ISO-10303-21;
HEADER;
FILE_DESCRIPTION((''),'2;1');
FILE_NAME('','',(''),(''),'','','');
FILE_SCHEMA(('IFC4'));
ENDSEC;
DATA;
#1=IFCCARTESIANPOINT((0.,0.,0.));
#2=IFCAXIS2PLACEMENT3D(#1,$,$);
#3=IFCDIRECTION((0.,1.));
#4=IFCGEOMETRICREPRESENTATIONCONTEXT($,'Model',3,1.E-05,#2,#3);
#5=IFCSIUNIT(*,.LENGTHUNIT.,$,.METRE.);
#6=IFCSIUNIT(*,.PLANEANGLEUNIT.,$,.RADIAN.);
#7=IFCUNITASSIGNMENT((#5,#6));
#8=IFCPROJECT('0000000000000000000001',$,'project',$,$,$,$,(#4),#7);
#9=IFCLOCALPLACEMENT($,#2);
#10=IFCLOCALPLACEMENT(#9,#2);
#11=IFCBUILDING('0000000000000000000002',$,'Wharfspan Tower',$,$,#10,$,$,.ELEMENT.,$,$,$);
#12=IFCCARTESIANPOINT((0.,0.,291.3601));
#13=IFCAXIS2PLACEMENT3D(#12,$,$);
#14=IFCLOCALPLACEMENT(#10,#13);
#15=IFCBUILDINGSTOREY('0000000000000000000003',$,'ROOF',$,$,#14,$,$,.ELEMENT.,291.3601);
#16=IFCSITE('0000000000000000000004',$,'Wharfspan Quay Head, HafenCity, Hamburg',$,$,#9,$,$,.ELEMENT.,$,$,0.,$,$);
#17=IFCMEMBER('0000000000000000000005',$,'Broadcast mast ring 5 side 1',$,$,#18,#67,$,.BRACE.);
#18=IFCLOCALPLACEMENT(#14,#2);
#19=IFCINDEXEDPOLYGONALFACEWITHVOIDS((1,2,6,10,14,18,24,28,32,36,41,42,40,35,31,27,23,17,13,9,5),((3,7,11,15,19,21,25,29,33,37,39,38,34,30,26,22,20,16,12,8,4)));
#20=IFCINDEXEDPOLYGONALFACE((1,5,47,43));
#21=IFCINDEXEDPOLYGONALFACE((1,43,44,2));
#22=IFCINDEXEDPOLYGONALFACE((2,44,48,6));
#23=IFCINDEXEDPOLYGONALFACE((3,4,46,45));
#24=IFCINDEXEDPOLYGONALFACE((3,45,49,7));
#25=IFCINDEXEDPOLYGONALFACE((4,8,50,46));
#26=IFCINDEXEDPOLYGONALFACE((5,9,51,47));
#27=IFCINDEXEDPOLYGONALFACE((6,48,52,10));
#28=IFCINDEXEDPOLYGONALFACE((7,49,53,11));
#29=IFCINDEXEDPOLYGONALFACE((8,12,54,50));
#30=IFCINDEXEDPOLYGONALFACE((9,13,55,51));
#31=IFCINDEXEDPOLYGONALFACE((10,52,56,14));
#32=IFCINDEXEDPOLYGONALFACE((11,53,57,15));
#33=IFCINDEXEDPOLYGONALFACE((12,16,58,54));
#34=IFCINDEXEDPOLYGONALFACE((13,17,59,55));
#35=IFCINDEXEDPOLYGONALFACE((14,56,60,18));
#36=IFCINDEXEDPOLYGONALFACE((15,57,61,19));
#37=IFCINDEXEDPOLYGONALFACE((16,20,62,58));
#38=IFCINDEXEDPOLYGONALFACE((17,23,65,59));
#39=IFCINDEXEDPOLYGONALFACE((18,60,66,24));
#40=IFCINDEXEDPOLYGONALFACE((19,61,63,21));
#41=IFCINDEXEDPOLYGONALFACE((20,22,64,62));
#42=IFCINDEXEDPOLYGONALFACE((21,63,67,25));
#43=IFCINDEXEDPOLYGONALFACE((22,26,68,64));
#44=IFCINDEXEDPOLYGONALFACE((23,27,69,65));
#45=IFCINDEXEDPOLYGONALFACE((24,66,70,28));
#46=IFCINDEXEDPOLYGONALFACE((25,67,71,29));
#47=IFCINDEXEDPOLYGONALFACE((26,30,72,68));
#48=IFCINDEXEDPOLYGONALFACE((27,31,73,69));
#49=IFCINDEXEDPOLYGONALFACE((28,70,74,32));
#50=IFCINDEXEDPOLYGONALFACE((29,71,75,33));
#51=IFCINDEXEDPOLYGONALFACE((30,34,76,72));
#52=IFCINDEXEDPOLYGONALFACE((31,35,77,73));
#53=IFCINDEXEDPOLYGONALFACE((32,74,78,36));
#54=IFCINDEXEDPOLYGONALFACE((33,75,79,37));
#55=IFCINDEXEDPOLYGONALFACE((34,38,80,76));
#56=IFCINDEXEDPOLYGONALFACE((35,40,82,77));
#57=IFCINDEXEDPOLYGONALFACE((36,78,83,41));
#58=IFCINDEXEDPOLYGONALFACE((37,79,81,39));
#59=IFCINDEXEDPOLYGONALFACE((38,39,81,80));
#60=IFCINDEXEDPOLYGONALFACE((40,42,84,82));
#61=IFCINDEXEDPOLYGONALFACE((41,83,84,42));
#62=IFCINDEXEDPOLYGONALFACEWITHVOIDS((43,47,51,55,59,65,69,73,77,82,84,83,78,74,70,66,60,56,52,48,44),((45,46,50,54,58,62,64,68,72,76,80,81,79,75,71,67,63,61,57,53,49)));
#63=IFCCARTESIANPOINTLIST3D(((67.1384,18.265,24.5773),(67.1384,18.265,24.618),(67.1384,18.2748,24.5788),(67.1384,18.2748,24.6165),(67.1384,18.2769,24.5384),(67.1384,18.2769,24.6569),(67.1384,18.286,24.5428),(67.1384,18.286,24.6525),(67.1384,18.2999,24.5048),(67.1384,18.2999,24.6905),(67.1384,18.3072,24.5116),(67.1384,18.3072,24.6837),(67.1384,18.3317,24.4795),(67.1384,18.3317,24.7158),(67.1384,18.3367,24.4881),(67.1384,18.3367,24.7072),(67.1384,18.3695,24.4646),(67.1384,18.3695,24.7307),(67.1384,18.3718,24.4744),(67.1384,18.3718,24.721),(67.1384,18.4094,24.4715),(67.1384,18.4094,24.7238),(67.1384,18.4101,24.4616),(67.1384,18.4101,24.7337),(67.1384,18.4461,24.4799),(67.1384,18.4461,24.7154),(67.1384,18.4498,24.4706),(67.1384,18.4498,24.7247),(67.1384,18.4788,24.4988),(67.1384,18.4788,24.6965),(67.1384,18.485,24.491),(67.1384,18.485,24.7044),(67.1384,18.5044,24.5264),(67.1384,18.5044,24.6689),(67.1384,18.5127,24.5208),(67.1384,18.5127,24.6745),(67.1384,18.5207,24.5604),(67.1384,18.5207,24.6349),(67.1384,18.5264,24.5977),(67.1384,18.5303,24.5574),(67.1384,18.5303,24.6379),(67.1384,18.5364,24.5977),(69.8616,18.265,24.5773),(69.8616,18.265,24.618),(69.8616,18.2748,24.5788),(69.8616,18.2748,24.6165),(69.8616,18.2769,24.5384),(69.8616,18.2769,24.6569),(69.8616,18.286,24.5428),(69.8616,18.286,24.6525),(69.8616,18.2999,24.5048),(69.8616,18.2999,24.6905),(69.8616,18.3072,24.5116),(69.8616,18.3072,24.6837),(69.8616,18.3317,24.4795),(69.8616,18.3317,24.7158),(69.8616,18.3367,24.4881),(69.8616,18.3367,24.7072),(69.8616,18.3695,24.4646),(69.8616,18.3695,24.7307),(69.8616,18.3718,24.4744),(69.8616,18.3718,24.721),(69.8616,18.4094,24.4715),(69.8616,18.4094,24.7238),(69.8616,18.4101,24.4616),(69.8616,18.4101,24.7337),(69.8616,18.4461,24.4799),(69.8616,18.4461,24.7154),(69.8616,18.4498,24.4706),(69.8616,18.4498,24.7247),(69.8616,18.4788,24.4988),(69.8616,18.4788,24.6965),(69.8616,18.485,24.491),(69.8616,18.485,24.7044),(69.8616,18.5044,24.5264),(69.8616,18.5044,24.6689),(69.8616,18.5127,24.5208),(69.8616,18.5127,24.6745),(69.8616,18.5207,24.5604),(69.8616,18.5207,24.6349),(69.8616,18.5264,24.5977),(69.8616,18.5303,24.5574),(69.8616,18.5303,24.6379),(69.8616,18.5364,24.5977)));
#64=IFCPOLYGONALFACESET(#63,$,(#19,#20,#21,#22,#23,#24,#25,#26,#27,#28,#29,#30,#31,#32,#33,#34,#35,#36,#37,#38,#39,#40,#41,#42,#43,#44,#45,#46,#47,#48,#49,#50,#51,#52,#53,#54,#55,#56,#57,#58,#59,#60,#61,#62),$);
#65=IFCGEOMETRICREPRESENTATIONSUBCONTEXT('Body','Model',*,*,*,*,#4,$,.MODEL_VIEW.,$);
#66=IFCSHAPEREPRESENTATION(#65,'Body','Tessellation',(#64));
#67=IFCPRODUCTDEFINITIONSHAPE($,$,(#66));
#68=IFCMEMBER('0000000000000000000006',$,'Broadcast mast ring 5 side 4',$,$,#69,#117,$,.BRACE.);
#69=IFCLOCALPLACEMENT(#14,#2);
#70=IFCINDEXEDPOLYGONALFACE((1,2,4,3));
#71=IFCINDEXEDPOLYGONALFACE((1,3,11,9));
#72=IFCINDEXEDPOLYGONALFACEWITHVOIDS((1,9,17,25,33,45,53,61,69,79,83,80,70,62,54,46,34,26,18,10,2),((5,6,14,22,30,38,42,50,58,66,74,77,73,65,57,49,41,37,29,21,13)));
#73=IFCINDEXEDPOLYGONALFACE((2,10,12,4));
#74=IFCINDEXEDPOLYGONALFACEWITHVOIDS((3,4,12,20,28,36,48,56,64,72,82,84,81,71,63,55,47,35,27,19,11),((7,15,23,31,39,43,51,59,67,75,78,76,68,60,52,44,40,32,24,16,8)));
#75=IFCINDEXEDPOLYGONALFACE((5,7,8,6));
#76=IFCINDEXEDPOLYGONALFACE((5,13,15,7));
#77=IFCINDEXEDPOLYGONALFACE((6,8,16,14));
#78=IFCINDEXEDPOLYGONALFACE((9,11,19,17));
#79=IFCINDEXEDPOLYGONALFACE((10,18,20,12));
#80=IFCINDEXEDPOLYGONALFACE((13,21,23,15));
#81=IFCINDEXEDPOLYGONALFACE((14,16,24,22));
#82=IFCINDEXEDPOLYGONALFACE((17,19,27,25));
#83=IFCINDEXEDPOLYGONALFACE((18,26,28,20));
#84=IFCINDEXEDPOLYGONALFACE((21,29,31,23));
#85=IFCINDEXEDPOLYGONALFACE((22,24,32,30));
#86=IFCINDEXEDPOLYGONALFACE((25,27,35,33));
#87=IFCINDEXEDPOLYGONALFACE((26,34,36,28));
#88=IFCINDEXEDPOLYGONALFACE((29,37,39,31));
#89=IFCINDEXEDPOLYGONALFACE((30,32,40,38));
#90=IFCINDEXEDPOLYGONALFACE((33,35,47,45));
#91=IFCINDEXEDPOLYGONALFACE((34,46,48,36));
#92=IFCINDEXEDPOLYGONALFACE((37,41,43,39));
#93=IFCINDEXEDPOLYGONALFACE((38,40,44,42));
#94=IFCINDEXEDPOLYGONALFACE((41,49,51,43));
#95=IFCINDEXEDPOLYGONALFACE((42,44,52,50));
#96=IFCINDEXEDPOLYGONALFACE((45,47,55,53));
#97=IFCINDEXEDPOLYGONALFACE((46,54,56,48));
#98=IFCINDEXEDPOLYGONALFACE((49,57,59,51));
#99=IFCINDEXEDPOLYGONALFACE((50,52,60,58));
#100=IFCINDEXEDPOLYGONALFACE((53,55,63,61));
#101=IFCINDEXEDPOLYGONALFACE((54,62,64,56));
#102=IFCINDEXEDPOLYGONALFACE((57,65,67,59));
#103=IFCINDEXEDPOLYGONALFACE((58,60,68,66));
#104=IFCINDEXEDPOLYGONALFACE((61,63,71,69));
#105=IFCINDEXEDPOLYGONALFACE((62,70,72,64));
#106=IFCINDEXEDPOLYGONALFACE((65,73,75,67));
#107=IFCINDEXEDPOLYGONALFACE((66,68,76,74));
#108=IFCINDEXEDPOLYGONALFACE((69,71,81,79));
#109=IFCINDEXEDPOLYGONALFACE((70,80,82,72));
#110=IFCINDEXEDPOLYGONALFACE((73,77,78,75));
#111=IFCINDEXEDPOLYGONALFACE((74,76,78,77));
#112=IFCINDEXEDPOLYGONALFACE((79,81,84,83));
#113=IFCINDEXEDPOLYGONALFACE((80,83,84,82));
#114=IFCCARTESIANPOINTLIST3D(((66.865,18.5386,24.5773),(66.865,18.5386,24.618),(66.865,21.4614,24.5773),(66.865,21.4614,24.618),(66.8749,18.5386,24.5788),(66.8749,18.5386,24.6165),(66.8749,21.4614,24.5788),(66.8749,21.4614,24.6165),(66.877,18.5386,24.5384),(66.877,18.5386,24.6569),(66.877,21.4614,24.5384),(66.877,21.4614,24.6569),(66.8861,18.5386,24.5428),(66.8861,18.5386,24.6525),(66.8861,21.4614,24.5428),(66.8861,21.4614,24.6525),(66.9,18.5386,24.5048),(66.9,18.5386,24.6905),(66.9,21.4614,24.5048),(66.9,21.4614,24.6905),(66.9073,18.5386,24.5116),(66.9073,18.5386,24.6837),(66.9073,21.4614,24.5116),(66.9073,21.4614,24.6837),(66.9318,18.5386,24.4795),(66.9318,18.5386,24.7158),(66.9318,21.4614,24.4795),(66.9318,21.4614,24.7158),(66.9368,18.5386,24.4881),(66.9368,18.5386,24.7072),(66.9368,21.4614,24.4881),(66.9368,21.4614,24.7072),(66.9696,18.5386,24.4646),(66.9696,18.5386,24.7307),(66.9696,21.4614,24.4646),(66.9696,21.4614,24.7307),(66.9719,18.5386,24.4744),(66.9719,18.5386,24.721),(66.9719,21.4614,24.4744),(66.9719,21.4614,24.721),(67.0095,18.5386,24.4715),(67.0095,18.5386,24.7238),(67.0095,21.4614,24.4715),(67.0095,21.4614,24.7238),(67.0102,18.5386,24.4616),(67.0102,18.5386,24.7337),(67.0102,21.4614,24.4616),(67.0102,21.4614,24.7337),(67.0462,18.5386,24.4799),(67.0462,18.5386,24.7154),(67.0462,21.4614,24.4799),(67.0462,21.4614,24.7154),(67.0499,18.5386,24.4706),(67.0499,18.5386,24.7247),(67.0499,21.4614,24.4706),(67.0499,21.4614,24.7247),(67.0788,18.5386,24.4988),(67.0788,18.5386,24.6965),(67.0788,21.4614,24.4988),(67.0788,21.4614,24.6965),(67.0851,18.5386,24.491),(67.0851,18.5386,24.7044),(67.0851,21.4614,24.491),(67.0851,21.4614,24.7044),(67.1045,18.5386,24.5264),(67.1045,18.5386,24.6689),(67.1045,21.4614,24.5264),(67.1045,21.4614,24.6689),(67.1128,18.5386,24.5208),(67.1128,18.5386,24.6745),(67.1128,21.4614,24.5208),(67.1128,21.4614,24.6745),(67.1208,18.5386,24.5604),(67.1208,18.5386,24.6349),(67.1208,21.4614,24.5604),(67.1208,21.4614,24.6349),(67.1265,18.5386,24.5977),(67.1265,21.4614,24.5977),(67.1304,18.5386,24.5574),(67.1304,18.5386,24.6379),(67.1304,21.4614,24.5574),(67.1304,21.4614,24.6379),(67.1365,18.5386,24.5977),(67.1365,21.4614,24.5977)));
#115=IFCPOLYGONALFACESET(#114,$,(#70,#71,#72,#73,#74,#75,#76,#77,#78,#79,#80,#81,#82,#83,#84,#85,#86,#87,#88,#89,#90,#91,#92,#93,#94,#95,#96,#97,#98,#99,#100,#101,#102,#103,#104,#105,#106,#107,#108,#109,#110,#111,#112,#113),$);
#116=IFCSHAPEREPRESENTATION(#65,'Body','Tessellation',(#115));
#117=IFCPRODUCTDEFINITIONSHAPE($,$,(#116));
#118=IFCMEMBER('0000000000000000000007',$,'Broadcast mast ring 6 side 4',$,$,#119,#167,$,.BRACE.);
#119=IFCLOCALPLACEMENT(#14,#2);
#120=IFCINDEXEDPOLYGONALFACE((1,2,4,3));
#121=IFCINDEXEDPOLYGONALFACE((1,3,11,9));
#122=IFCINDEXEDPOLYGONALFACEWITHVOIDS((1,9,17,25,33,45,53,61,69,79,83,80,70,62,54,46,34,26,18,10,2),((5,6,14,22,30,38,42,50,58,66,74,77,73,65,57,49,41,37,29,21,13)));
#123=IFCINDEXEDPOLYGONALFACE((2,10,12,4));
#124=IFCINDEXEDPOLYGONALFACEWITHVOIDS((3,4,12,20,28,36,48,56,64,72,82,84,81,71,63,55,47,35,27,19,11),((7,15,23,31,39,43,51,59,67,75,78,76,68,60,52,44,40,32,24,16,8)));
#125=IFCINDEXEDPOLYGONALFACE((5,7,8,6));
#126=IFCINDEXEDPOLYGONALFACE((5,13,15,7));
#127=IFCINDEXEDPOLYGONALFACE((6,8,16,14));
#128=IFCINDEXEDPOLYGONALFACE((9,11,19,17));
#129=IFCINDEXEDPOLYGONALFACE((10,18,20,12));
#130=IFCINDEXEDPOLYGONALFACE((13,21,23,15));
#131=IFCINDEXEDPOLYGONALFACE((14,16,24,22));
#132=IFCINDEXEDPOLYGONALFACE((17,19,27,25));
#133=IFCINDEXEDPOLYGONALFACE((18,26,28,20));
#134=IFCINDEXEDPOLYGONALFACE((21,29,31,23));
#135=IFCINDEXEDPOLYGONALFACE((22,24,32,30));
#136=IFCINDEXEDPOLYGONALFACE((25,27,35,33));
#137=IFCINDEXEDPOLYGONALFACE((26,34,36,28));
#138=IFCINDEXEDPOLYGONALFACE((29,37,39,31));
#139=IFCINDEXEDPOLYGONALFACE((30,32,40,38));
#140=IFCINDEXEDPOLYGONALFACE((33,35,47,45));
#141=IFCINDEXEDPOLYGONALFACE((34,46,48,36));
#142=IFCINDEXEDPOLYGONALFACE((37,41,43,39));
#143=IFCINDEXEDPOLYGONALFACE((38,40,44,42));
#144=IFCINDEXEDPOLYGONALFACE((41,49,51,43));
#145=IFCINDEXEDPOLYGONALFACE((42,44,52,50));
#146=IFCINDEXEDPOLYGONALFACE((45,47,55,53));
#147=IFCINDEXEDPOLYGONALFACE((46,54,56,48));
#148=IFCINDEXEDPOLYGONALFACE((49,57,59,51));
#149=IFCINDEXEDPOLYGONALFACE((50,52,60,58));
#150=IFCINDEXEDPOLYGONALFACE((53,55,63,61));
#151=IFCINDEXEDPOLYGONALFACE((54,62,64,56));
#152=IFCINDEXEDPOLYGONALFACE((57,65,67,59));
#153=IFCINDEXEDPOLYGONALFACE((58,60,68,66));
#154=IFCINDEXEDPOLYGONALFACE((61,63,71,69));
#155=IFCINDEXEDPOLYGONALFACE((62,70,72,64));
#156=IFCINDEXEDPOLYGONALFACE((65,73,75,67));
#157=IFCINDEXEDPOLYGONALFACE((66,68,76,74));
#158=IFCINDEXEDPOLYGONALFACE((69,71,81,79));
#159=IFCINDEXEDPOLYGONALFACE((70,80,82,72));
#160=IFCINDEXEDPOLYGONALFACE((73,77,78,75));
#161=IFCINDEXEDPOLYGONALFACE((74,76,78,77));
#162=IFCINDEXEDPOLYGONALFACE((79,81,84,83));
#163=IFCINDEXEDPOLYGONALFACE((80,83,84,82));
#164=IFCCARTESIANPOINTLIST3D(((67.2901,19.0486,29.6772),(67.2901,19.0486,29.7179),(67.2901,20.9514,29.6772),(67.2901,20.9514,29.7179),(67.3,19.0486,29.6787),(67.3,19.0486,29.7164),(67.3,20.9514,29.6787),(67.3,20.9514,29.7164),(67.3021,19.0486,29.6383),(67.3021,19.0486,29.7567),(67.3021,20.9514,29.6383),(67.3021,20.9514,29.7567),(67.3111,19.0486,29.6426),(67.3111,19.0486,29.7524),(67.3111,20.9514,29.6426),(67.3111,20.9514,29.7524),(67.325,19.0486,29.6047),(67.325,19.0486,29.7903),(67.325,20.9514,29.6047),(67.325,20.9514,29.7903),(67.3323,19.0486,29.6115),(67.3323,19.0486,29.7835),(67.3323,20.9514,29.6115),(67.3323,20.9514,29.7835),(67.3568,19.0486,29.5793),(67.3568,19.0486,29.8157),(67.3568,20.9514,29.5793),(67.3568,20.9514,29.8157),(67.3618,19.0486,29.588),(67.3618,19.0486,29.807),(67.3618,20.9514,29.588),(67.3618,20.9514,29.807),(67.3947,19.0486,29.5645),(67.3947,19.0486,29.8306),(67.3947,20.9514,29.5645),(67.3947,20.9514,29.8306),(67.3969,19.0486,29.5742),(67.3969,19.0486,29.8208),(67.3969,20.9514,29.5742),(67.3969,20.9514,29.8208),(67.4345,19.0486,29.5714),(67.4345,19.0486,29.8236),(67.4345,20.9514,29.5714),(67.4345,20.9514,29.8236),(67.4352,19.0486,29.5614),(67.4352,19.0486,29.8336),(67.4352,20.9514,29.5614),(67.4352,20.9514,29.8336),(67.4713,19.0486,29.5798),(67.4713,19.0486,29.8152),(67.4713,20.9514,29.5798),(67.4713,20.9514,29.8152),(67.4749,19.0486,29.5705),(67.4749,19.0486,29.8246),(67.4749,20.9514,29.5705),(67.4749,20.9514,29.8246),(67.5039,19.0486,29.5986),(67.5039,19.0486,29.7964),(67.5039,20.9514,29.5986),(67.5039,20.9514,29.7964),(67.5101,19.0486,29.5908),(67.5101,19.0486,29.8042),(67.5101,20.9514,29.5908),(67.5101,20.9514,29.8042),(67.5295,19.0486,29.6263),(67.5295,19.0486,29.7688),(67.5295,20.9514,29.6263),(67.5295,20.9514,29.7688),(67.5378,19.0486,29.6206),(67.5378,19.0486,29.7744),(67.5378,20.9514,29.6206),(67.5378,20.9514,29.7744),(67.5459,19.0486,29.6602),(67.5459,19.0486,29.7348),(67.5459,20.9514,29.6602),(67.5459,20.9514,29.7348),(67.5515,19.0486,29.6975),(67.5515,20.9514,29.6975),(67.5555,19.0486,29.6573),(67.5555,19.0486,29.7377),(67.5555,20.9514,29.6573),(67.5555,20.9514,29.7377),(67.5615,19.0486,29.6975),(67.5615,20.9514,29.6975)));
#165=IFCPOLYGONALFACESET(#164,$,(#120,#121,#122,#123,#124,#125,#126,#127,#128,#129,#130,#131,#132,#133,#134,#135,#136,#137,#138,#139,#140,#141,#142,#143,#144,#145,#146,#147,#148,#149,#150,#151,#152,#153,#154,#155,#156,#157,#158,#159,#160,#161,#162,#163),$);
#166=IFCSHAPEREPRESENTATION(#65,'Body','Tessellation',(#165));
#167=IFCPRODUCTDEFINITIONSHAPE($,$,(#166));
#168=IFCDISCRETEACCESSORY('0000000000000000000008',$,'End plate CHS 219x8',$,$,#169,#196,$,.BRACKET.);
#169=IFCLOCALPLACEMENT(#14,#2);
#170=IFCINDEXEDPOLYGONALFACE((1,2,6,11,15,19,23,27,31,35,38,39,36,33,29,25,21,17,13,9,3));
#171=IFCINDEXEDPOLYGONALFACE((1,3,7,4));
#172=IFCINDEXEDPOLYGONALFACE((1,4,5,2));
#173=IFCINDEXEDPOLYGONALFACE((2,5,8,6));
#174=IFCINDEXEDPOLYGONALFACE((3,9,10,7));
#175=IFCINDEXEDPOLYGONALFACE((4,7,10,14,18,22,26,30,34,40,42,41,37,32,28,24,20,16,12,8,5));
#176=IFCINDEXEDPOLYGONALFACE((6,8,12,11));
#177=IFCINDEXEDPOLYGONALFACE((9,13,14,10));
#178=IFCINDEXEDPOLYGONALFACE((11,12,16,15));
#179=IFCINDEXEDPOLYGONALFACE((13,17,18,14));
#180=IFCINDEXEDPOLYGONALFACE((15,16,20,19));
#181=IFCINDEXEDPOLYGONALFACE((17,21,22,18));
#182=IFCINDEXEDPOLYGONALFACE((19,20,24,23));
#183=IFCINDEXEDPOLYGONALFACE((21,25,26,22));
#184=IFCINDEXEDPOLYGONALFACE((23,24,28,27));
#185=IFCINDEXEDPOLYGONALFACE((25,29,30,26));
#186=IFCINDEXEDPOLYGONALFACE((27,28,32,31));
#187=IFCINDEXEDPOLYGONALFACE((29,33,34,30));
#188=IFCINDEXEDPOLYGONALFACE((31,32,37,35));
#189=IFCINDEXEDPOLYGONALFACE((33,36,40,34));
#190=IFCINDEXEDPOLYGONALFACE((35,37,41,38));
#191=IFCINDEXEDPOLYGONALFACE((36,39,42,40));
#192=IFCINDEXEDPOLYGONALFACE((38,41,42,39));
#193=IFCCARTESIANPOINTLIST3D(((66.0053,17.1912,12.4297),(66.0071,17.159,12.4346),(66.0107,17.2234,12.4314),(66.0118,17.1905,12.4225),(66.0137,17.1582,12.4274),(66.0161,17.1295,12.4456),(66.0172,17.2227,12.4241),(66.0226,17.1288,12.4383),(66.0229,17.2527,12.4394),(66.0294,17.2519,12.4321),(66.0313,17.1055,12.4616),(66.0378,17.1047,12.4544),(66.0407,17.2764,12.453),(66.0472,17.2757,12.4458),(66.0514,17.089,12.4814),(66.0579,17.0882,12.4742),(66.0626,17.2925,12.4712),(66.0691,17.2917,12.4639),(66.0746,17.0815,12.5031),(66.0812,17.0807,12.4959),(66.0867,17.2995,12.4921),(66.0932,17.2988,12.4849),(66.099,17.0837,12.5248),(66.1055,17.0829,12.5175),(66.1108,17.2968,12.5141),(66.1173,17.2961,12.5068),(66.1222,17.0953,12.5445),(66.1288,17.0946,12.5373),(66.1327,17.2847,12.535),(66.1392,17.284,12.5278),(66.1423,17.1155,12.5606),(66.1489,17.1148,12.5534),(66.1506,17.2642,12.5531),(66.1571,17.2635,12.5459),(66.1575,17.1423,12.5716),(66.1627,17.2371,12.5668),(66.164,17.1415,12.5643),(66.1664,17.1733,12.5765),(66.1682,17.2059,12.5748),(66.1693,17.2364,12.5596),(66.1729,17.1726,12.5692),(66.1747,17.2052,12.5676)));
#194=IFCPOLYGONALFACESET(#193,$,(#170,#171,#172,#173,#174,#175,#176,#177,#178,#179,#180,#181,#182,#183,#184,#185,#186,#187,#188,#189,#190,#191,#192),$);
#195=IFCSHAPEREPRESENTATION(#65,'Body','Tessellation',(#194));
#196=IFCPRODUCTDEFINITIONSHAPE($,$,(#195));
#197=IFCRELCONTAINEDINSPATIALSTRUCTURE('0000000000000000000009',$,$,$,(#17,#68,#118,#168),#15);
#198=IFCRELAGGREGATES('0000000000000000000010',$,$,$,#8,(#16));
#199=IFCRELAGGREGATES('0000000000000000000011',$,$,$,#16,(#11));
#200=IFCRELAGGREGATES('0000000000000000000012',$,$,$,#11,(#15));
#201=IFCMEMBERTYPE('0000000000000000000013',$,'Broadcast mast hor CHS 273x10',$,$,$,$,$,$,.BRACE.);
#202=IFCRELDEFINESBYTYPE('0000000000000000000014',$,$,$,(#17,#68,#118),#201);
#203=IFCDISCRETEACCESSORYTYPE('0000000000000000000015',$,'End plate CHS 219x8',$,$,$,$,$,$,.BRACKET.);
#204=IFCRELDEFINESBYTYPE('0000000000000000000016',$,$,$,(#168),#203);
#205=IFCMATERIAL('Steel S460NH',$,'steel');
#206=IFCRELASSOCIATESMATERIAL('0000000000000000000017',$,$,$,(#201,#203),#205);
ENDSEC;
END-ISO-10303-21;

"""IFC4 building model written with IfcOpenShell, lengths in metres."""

from ifc_helpers import new_model, si_unit, direction, frame, origin, origin_2d, place, context, subcontext, project, spatial, circle, hollow_circle, extrude, material, material_profile, profile_set, type_object, element, save


model = new_model("IFC4")

# Units and contexts
model_context = context("Model", 3, precision=1e-05, world=origin(), true_north=direction((0.0, 1.0)))
body_context = subcontext(model_context, "Body", "Model", "MODEL_VIEW")
ifc_project = project(units=[si_unit("LENGTHUNIT", "METRE"), si_unit("PLANEANGLEUNIT", "RADIAN")], contexts=[model_context])

# Site, building, storey
site_placement = place(None, origin())
site = spatial("IfcSite", under=ifc_project, at=site_placement, Name="Wharfspan Quay Head, HafenCity, Hamburg", CompositionType="ELEMENT", RefElevation=0.0)
building_placement = place(site_placement, origin())
building = spatial("IfcBuilding", under=site, at=building_placement, Name="Wharfspan Tower", CompositionType="ELEMENT")
storey_placement = place(building_placement, frame((0.0, 0.0, 291.3601)))
storey = spatial("IfcBuildingStorey", under=building, at=storey_placement, Name="ROOF", CompositionType="ELEMENT", Elevation=291.3601)

# Members
ifc_material = material(Name="Steel S460NH", Category="steel")
ifc_material_profile_1 = material_profile(ifc_material, hollow_circle(Radius=0.1365, WallThickness=0.01, at=origin_2d()))
ifc_profile_set_1 = profile_set([ifc_material_profile_1], Name="Steel S460NH")
member_type_1 = type_object("IfcMemberType", Name="Broadcast mast hor CHS 273x10", PredefinedType="BRACE", material=ifc_profile_set_1)
member_1_placement = place(storey_placement, frame((67.1384, 18.3999, 24.5977), z_axis=(1.0, 0.0, 0.0), x_axis=(0.0, 1.0, 0.0)))
element("IfcMember", 1, at=member_1_placement, inside=storey, type_object=member_type_1, Name="Broadcast mast ring 5 side 1", PredefinedType="BRACE", context=body_context, shape_type="SweptSolid", body=[
    extrude(hollow_circle(Radius=0.1365, WallThickness=0.01, at=origin_2d()), origin(), (0.0, 0.0, 1.0), 2.7231),
])
member_2_placement = place(storey_placement, frame((67.0, 21.4614, 24.5977), z_axis=(0.0, -1.0, 0.0), x_axis=(1.0, 0.0, 0.0)))
element("IfcMember", 2, at=member_2_placement, inside=storey, type_object=member_type_1, Name="Broadcast mast ring 5 side 4", PredefinedType="BRACE", context=body_context, shape_type="SweptSolid", body=[
    extrude(hollow_circle(Radius=0.1365, WallThickness=0.01, at=origin_2d()), origin(), (0.0, 0.0, 1.0), 2.9229),
])
member_3_placement = place(storey_placement, frame((67.425, 20.9514, 29.6975), z_axis=(0.0, -1.0, 0.0), x_axis=(1.0, 0.0, 0.0)))
element("IfcMember", 3, at=member_3_placement, inside=storey, type_object=member_type_1, Name="Broadcast mast ring 6 side 4", PredefinedType="BRACE", context=body_context, shape_type="SweptSolid", body=[
    extrude(hollow_circle(Radius=0.1365, WallThickness=0.01, at=origin_2d()), origin(), (0.0, 0.0, 1.0), 1.9028),
])

# Discrete accessory
ifc_material_profile_2 = material_profile(ifc_material, circle(Radius=0.1096, at=origin_2d()))
ifc_profile_set_2 = profile_set([ifc_material_profile_2], Name="Steel S460NH")
discrete_accessory_type_1 = type_object("IfcDiscreteAccessoryType", Name="End plate CHS 219x8", PredefinedType="BRACKET", material=ifc_profile_set_2)
discrete_accessory_1_placement = place(storey_placement, frame((66.0933, 17.1897, 12.4959), z_axis=(-0.667124, 0.074125, 0.741249), x_axis=(-0.110432, -0.993887, 0.0)))
element("IfcDiscreteAccessory", 4, at=discrete_accessory_1_placement, inside=storey, type_object=discrete_accessory_type_1, Name="End plate CHS 219x8", PredefinedType="BRACKET", context=body_context, shape_type="SweptSolid", body=[
    extrude(circle(Radius=0.1096, at=origin_2d()), origin(), (0.0, 0.0, 1.0), 0.0098),
])

save(model, "model.ifc")
